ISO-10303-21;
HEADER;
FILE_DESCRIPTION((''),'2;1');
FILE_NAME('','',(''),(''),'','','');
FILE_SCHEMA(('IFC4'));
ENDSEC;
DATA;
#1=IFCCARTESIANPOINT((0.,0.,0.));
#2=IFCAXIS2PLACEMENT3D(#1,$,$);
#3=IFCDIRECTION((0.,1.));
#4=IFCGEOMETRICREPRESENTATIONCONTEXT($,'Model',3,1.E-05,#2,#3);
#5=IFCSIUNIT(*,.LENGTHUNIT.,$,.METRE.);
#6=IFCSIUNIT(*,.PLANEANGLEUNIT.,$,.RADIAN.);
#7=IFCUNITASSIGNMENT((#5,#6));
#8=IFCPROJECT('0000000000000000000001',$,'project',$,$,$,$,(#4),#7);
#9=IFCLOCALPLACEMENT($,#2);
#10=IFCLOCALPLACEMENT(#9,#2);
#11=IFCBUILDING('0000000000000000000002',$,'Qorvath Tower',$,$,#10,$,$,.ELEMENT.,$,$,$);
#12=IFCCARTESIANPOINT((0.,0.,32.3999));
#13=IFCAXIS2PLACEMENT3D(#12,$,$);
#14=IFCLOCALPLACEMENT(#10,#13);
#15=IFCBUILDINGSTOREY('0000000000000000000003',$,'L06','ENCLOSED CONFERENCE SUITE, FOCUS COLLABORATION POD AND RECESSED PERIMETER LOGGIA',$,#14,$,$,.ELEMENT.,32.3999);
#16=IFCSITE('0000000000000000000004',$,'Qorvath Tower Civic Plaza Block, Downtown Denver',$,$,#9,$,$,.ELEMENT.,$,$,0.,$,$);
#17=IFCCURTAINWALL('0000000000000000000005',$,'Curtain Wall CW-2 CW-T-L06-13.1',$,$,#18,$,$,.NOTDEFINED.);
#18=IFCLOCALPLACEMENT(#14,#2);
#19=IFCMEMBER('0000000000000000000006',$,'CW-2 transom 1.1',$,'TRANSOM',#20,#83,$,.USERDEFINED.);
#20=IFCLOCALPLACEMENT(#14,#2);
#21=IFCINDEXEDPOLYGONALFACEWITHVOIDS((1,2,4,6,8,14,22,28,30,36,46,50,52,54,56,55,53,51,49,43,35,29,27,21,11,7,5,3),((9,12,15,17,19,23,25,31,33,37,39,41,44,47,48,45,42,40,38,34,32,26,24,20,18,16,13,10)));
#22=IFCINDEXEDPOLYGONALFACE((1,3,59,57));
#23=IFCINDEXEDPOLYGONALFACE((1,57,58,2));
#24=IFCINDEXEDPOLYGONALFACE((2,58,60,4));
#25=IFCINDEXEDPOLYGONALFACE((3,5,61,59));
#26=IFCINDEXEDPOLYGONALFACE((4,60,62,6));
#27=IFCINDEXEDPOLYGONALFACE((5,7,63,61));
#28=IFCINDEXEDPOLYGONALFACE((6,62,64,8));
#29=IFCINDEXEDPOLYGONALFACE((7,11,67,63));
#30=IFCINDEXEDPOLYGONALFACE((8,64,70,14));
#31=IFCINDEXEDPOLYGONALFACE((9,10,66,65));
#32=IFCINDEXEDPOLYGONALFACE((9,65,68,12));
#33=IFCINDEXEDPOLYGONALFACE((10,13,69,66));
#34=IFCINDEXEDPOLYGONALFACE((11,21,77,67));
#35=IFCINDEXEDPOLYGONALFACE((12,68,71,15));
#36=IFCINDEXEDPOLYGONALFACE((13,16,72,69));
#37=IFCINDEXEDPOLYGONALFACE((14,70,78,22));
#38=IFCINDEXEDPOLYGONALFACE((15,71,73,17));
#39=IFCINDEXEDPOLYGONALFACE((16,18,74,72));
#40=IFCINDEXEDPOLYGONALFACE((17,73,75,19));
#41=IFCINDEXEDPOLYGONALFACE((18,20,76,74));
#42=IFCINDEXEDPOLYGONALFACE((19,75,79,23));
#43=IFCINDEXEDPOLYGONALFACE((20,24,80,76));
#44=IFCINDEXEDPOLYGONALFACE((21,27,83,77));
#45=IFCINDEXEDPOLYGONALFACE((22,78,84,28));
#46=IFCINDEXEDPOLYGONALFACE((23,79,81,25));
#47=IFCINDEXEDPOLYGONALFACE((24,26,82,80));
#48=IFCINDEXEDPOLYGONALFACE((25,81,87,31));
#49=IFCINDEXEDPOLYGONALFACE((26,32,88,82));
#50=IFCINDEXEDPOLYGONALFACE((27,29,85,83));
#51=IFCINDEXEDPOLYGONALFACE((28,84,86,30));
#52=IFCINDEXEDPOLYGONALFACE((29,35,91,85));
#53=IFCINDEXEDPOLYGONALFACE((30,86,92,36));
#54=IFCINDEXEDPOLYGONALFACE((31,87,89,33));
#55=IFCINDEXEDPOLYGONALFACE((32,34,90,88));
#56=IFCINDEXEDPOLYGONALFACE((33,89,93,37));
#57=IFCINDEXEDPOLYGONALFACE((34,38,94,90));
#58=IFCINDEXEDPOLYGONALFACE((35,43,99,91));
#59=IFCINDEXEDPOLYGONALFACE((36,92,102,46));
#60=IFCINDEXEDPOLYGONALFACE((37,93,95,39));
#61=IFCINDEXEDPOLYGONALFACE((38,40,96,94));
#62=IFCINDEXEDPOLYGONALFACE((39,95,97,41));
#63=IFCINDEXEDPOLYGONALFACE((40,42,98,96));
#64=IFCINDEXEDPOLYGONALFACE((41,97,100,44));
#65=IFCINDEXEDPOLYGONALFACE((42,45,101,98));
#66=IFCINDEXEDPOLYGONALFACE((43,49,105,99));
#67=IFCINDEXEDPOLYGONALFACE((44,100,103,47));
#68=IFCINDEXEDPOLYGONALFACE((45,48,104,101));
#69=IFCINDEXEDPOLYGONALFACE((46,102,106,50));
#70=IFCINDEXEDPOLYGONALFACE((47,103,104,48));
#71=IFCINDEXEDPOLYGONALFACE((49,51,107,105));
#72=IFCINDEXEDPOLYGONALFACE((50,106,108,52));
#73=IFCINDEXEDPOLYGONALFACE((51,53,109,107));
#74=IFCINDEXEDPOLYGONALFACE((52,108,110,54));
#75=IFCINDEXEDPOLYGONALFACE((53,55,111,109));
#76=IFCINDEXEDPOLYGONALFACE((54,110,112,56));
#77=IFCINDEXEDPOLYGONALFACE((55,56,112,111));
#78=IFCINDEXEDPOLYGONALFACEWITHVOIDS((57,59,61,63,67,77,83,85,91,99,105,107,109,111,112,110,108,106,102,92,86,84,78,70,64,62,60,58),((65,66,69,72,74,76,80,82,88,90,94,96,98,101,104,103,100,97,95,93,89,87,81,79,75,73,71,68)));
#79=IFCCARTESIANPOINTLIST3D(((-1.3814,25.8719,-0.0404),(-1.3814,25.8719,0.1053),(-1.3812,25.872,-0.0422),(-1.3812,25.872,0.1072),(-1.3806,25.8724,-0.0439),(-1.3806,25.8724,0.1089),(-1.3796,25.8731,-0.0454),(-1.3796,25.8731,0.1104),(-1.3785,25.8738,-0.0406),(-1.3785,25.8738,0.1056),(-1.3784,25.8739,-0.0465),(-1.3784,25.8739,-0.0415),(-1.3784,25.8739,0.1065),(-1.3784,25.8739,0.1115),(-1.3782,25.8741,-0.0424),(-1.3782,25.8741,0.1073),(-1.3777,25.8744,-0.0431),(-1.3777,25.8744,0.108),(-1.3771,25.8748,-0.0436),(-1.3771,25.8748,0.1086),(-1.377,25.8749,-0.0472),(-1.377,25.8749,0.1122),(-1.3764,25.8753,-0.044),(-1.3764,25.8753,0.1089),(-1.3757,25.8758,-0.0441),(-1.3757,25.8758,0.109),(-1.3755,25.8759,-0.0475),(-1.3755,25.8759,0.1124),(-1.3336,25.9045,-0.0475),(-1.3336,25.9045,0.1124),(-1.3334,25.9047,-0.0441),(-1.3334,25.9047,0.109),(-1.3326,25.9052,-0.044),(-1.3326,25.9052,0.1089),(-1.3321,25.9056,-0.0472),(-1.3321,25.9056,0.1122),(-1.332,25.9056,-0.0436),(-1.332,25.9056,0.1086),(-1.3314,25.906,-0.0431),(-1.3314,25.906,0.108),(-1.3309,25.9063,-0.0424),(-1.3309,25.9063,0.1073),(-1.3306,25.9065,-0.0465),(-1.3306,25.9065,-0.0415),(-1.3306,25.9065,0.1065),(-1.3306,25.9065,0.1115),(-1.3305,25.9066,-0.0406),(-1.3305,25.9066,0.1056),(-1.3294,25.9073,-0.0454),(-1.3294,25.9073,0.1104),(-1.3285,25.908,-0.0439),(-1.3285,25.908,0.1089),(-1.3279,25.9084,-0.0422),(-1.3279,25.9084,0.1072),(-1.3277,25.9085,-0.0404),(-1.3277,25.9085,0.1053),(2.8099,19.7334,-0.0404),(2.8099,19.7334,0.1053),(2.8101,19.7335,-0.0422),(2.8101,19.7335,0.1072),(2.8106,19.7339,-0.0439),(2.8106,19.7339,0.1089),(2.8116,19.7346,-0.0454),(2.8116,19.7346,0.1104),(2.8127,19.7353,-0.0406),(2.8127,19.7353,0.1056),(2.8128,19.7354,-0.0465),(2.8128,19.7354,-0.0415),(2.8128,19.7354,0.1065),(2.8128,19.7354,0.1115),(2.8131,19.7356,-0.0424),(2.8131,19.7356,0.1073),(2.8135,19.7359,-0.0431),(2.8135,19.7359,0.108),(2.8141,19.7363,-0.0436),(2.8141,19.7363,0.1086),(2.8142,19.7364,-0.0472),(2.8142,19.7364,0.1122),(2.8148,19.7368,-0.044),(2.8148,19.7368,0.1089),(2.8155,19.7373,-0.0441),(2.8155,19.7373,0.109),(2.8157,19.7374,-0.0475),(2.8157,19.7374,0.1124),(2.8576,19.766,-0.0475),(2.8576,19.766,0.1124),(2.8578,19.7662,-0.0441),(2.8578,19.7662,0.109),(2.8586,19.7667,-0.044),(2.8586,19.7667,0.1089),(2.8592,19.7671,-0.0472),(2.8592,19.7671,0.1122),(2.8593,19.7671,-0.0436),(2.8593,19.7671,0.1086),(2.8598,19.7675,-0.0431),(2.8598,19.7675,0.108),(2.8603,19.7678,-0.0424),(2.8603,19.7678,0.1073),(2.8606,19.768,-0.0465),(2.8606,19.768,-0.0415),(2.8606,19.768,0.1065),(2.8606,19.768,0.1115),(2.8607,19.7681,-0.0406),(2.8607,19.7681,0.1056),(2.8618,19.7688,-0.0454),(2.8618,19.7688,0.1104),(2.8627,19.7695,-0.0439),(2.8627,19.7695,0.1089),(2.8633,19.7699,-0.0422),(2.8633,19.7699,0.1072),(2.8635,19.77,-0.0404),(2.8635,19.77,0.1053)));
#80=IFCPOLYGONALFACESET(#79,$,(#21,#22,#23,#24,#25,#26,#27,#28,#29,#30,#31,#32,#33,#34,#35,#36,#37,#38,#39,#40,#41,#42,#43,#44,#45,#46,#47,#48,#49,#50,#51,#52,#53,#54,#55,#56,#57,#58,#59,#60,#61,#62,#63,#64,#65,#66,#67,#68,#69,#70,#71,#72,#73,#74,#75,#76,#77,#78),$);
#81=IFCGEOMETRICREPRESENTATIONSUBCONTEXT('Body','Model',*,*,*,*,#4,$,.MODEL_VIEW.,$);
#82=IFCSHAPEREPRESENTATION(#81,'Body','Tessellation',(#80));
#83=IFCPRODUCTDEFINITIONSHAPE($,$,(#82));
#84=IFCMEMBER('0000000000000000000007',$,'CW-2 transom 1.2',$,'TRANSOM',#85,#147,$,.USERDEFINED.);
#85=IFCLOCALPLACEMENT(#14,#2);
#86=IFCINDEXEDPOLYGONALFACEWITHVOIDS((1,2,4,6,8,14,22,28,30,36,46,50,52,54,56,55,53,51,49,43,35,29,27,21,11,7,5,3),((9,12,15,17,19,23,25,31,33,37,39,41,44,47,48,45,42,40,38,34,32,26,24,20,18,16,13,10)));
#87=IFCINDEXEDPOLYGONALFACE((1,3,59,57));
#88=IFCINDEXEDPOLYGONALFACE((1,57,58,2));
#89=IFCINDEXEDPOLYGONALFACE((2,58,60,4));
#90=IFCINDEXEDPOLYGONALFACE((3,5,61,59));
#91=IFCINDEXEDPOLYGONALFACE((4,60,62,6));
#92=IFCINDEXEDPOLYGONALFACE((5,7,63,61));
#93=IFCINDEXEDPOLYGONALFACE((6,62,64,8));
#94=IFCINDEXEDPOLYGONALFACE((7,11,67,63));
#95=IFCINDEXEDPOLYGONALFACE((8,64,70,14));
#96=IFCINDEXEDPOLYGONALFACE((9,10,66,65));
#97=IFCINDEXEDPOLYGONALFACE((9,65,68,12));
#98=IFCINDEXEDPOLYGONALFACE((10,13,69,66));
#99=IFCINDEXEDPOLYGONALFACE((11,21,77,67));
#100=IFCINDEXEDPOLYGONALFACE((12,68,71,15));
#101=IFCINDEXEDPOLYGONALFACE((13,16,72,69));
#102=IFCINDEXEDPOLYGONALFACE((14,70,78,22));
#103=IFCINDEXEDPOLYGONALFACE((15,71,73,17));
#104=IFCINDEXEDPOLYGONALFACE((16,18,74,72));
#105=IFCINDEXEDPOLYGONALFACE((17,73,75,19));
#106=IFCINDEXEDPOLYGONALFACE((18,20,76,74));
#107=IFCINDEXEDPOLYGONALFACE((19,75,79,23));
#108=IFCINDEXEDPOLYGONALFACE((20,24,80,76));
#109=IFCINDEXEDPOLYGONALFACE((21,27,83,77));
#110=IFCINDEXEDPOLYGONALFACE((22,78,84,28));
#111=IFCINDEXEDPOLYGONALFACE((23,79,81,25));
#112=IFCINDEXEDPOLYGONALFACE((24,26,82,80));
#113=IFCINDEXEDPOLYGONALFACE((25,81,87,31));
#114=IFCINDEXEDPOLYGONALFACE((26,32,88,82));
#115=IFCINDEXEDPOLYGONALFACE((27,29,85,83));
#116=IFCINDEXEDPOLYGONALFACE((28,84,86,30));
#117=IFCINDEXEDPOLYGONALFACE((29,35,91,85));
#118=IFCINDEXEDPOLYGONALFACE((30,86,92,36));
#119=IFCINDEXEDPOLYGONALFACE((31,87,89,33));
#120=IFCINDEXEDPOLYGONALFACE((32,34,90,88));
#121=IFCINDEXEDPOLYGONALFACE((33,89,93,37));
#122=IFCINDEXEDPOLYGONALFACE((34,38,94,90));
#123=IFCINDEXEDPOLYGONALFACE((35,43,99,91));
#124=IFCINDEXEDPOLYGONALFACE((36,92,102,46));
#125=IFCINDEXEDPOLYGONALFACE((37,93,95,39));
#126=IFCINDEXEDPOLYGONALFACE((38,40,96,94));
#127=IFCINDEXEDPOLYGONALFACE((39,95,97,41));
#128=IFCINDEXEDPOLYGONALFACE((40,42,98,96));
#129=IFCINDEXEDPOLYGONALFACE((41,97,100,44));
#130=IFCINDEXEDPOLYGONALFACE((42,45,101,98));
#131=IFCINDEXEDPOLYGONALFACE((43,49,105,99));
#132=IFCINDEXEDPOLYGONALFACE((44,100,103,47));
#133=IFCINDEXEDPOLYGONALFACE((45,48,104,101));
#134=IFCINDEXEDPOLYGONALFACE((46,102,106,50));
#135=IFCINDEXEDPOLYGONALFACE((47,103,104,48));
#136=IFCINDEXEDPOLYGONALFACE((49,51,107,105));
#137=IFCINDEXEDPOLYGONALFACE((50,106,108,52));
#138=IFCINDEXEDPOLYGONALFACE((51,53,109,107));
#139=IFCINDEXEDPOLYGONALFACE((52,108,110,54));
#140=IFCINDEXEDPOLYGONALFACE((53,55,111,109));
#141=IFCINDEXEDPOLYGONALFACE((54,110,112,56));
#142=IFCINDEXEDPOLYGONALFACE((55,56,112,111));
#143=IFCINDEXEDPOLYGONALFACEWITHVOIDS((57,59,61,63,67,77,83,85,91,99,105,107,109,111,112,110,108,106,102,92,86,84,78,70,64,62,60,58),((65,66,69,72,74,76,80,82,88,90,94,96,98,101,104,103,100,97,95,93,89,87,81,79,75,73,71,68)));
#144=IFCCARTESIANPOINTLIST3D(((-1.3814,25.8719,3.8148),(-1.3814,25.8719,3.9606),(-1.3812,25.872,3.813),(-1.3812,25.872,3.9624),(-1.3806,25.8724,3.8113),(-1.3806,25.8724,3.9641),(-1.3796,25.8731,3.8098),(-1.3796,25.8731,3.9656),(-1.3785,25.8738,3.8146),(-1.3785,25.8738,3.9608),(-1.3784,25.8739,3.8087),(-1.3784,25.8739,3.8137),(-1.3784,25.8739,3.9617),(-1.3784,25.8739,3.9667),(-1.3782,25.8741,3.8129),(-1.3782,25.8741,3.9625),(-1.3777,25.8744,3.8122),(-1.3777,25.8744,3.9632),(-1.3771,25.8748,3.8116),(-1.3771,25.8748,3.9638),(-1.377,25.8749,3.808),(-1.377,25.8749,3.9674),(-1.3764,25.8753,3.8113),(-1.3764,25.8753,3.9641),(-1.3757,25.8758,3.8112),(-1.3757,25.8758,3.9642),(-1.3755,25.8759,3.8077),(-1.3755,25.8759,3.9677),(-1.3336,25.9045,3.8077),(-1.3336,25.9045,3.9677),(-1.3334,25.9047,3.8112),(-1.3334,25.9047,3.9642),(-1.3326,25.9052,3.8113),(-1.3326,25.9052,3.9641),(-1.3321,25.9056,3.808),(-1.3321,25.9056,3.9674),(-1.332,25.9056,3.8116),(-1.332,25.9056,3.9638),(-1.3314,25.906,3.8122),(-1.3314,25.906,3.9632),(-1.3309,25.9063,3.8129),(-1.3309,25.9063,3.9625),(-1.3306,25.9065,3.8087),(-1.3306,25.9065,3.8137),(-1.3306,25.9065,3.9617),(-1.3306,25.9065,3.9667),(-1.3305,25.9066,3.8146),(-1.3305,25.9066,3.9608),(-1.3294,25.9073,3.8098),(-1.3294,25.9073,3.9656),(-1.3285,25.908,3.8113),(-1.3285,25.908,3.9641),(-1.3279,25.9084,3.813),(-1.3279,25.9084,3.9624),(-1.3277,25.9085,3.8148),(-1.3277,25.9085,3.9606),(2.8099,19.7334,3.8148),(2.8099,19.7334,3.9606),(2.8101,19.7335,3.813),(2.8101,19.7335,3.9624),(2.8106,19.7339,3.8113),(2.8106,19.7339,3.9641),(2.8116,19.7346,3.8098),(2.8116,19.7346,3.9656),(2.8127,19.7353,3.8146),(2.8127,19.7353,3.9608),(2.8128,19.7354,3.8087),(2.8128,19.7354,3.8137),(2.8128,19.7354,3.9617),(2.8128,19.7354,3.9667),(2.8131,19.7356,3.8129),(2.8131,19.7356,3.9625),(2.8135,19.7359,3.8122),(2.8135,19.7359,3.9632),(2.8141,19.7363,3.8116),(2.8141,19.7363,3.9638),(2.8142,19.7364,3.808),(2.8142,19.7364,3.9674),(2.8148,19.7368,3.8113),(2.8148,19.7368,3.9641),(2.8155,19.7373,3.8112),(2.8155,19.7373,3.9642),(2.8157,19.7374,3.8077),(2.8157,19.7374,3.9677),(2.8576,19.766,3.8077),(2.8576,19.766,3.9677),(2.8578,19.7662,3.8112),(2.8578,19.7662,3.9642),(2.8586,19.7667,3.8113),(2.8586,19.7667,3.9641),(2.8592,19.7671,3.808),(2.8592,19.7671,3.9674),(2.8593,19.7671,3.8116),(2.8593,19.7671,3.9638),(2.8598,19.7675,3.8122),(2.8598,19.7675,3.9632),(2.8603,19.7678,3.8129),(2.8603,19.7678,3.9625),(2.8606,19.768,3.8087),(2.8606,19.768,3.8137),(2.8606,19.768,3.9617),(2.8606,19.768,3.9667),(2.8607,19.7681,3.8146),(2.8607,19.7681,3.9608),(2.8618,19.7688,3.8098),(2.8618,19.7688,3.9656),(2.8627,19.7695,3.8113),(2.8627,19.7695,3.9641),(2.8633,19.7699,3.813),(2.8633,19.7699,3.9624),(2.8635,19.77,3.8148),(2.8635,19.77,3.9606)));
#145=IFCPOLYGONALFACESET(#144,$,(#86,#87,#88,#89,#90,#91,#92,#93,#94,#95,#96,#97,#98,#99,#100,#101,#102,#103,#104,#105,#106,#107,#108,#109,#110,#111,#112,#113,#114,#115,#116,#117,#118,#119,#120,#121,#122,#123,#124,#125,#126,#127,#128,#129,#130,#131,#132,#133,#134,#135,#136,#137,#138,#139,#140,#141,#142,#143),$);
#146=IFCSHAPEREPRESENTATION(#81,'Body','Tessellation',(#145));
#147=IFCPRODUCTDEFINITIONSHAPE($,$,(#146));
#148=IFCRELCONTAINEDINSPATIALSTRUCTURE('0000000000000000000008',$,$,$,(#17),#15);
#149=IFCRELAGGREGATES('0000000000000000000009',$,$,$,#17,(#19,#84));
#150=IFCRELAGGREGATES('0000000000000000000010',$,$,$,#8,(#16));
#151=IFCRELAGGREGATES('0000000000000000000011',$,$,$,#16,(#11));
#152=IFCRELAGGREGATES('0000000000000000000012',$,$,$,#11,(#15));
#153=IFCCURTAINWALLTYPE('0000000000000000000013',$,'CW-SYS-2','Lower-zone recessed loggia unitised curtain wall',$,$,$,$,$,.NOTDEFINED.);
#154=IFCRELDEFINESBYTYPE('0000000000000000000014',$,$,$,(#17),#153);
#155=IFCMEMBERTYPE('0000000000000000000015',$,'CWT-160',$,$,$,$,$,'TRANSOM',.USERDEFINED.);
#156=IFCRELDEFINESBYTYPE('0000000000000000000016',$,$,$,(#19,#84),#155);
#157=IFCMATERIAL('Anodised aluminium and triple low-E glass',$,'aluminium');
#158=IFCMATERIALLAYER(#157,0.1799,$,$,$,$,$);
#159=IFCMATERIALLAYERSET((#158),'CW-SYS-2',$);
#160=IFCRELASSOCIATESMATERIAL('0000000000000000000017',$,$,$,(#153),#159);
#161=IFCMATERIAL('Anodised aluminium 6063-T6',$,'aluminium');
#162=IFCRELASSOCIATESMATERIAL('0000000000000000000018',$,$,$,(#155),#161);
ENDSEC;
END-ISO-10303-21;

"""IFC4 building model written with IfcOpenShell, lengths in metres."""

from ifc_helpers import new_model, si_unit, direction, frame, origin, origin_2d, place, context, subcontext, project, spatial, hollow_rectangle, extrude, material, layer, layer_set, material_profile, profile_set, type_object, element, aggregate, save


model = new_model("IFC4")

# Units and contexts
model_context = context("Model", 3, precision=1e-05, world=origin(), true_north=direction((0.0, 1.0)))
body_context = subcontext(model_context, "Body", "Model", "MODEL_VIEW")
ifc_project = project(units=[si_unit("LENGTHUNIT", "METRE"), si_unit("PLANEANGLEUNIT", "RADIAN")], contexts=[model_context])

# Site, building, storey
site_placement = place(None, origin())
site = spatial("IfcSite", under=ifc_project, at=site_placement, Name="Qorvath Tower Civic Plaza Block, Downtown Denver", CompositionType="ELEMENT", RefElevation=0.0)
building_placement = place(site_placement, origin())
building = spatial("IfcBuilding", under=site, at=building_placement, Name="Qorvath Tower", CompositionType="ELEMENT")
storey_placement = place(building_placement, frame((0.0, 0.0, 32.3999)))
storey = spatial("IfcBuildingStorey", under=building, at=storey_placement, Name="L06", Description="ENCLOSED CONFERENCE SUITE, FOCUS COLLABORATION POD AND RECESSED PERIMETER LOGGIA", CompositionType="ELEMENT", Elevation=32.3999)

# Shared definitions
ifc_material_1 = material(Name="Anodised aluminium and triple low-E glass", Category="aluminium")
ifc_layer_1 = layer(ifc_material_1, 0.1799)
ifc_layer_set_1 = layer_set([ifc_layer_1], Name="CW-SYS-2")
curtain_wall_type = type_object("IfcCurtainWallType", Name="CW-SYS-2", Description="Lower-zone recessed loggia unitised curtain wall", PredefinedType="NOTDEFINED", material=ifc_layer_set_1)

# Curtain wall
curtain_wall_1_placement = place(storey_placement, origin())
curtain_wall_1 = element("IfcCurtainWall", 1, at=curtain_wall_1_placement, inside=storey, type_object=curtain_wall_type, Name="Curtain Wall CW-2 CW-T-L06-13.1", PredefinedType="NOTDEFINED")

# Members
ifc_material_2 = material(Name="Anodised aluminium 6063-T6", Category="aluminium")
ifc_material_profile_1 = material_profile(ifc_material_2, hollow_rectangle(XDim=0.0649, YDim=0.1599, WallThickness=0.0034, InnerFilletRadius=0.0034, OuterFilletRadius=0.0071, at=origin_2d()), Name="CWT 160x65")
ifc_profile_set_1 = profile_set([ifc_material_profile_1], Name="Anodised aluminium 6063-T6")
member_type_1 = type_object("IfcMemberType", Name="CWT-160", ElementType="TRANSOM", PredefinedType="USERDEFINED", material=ifc_profile_set_1)
member_1_placement = place(storey_placement, frame((2.8367, 19.7517, 0.0325), z_axis=(-0.563876, 0.82586, 0.0), x_axis=(-0.82586, -0.563876, 0.0)))
member_1 = element("IfcMember", 2, at=member_1_placement, type_object=member_type_1, Name="CW-2 transom 1.1", ObjectType="TRANSOM", PredefinedType="USERDEFINED", context=body_context, shape_type="SweptSolid", body=[
    extrude(hollow_rectangle(XDim=0.0649, YDim=0.1599, WallThickness=0.0034, InnerFilletRadius=0.0034, OuterFilletRadius=0.0071, at=origin_2d()), origin(), (0.0, 0.0, 1.0), 7.4329),
])
member_2_placement = place(storey_placement, frame((2.8367, 19.7517, 3.8877), z_axis=(-0.563876, 0.82586, 0.0), x_axis=(-0.82586, -0.563876, 0.0)))
member_2 = element("IfcMember", 3, at=member_2_placement, type_object=member_type_1, Name="CW-2 transom 1.2", ObjectType="TRANSOM", PredefinedType="USERDEFINED", context=body_context, shape_type="SweptSolid", body=[
    extrude(hollow_rectangle(XDim=0.0649, YDim=0.1599, WallThickness=0.0034, InnerFilletRadius=0.0034, OuterFilletRadius=0.0071, at=origin_2d()), origin(), (0.0, 0.0, 1.0), 7.4329),
])

aggregate(curtain_wall_1, [member_1, member_2])

save(model, "model.ifc")
